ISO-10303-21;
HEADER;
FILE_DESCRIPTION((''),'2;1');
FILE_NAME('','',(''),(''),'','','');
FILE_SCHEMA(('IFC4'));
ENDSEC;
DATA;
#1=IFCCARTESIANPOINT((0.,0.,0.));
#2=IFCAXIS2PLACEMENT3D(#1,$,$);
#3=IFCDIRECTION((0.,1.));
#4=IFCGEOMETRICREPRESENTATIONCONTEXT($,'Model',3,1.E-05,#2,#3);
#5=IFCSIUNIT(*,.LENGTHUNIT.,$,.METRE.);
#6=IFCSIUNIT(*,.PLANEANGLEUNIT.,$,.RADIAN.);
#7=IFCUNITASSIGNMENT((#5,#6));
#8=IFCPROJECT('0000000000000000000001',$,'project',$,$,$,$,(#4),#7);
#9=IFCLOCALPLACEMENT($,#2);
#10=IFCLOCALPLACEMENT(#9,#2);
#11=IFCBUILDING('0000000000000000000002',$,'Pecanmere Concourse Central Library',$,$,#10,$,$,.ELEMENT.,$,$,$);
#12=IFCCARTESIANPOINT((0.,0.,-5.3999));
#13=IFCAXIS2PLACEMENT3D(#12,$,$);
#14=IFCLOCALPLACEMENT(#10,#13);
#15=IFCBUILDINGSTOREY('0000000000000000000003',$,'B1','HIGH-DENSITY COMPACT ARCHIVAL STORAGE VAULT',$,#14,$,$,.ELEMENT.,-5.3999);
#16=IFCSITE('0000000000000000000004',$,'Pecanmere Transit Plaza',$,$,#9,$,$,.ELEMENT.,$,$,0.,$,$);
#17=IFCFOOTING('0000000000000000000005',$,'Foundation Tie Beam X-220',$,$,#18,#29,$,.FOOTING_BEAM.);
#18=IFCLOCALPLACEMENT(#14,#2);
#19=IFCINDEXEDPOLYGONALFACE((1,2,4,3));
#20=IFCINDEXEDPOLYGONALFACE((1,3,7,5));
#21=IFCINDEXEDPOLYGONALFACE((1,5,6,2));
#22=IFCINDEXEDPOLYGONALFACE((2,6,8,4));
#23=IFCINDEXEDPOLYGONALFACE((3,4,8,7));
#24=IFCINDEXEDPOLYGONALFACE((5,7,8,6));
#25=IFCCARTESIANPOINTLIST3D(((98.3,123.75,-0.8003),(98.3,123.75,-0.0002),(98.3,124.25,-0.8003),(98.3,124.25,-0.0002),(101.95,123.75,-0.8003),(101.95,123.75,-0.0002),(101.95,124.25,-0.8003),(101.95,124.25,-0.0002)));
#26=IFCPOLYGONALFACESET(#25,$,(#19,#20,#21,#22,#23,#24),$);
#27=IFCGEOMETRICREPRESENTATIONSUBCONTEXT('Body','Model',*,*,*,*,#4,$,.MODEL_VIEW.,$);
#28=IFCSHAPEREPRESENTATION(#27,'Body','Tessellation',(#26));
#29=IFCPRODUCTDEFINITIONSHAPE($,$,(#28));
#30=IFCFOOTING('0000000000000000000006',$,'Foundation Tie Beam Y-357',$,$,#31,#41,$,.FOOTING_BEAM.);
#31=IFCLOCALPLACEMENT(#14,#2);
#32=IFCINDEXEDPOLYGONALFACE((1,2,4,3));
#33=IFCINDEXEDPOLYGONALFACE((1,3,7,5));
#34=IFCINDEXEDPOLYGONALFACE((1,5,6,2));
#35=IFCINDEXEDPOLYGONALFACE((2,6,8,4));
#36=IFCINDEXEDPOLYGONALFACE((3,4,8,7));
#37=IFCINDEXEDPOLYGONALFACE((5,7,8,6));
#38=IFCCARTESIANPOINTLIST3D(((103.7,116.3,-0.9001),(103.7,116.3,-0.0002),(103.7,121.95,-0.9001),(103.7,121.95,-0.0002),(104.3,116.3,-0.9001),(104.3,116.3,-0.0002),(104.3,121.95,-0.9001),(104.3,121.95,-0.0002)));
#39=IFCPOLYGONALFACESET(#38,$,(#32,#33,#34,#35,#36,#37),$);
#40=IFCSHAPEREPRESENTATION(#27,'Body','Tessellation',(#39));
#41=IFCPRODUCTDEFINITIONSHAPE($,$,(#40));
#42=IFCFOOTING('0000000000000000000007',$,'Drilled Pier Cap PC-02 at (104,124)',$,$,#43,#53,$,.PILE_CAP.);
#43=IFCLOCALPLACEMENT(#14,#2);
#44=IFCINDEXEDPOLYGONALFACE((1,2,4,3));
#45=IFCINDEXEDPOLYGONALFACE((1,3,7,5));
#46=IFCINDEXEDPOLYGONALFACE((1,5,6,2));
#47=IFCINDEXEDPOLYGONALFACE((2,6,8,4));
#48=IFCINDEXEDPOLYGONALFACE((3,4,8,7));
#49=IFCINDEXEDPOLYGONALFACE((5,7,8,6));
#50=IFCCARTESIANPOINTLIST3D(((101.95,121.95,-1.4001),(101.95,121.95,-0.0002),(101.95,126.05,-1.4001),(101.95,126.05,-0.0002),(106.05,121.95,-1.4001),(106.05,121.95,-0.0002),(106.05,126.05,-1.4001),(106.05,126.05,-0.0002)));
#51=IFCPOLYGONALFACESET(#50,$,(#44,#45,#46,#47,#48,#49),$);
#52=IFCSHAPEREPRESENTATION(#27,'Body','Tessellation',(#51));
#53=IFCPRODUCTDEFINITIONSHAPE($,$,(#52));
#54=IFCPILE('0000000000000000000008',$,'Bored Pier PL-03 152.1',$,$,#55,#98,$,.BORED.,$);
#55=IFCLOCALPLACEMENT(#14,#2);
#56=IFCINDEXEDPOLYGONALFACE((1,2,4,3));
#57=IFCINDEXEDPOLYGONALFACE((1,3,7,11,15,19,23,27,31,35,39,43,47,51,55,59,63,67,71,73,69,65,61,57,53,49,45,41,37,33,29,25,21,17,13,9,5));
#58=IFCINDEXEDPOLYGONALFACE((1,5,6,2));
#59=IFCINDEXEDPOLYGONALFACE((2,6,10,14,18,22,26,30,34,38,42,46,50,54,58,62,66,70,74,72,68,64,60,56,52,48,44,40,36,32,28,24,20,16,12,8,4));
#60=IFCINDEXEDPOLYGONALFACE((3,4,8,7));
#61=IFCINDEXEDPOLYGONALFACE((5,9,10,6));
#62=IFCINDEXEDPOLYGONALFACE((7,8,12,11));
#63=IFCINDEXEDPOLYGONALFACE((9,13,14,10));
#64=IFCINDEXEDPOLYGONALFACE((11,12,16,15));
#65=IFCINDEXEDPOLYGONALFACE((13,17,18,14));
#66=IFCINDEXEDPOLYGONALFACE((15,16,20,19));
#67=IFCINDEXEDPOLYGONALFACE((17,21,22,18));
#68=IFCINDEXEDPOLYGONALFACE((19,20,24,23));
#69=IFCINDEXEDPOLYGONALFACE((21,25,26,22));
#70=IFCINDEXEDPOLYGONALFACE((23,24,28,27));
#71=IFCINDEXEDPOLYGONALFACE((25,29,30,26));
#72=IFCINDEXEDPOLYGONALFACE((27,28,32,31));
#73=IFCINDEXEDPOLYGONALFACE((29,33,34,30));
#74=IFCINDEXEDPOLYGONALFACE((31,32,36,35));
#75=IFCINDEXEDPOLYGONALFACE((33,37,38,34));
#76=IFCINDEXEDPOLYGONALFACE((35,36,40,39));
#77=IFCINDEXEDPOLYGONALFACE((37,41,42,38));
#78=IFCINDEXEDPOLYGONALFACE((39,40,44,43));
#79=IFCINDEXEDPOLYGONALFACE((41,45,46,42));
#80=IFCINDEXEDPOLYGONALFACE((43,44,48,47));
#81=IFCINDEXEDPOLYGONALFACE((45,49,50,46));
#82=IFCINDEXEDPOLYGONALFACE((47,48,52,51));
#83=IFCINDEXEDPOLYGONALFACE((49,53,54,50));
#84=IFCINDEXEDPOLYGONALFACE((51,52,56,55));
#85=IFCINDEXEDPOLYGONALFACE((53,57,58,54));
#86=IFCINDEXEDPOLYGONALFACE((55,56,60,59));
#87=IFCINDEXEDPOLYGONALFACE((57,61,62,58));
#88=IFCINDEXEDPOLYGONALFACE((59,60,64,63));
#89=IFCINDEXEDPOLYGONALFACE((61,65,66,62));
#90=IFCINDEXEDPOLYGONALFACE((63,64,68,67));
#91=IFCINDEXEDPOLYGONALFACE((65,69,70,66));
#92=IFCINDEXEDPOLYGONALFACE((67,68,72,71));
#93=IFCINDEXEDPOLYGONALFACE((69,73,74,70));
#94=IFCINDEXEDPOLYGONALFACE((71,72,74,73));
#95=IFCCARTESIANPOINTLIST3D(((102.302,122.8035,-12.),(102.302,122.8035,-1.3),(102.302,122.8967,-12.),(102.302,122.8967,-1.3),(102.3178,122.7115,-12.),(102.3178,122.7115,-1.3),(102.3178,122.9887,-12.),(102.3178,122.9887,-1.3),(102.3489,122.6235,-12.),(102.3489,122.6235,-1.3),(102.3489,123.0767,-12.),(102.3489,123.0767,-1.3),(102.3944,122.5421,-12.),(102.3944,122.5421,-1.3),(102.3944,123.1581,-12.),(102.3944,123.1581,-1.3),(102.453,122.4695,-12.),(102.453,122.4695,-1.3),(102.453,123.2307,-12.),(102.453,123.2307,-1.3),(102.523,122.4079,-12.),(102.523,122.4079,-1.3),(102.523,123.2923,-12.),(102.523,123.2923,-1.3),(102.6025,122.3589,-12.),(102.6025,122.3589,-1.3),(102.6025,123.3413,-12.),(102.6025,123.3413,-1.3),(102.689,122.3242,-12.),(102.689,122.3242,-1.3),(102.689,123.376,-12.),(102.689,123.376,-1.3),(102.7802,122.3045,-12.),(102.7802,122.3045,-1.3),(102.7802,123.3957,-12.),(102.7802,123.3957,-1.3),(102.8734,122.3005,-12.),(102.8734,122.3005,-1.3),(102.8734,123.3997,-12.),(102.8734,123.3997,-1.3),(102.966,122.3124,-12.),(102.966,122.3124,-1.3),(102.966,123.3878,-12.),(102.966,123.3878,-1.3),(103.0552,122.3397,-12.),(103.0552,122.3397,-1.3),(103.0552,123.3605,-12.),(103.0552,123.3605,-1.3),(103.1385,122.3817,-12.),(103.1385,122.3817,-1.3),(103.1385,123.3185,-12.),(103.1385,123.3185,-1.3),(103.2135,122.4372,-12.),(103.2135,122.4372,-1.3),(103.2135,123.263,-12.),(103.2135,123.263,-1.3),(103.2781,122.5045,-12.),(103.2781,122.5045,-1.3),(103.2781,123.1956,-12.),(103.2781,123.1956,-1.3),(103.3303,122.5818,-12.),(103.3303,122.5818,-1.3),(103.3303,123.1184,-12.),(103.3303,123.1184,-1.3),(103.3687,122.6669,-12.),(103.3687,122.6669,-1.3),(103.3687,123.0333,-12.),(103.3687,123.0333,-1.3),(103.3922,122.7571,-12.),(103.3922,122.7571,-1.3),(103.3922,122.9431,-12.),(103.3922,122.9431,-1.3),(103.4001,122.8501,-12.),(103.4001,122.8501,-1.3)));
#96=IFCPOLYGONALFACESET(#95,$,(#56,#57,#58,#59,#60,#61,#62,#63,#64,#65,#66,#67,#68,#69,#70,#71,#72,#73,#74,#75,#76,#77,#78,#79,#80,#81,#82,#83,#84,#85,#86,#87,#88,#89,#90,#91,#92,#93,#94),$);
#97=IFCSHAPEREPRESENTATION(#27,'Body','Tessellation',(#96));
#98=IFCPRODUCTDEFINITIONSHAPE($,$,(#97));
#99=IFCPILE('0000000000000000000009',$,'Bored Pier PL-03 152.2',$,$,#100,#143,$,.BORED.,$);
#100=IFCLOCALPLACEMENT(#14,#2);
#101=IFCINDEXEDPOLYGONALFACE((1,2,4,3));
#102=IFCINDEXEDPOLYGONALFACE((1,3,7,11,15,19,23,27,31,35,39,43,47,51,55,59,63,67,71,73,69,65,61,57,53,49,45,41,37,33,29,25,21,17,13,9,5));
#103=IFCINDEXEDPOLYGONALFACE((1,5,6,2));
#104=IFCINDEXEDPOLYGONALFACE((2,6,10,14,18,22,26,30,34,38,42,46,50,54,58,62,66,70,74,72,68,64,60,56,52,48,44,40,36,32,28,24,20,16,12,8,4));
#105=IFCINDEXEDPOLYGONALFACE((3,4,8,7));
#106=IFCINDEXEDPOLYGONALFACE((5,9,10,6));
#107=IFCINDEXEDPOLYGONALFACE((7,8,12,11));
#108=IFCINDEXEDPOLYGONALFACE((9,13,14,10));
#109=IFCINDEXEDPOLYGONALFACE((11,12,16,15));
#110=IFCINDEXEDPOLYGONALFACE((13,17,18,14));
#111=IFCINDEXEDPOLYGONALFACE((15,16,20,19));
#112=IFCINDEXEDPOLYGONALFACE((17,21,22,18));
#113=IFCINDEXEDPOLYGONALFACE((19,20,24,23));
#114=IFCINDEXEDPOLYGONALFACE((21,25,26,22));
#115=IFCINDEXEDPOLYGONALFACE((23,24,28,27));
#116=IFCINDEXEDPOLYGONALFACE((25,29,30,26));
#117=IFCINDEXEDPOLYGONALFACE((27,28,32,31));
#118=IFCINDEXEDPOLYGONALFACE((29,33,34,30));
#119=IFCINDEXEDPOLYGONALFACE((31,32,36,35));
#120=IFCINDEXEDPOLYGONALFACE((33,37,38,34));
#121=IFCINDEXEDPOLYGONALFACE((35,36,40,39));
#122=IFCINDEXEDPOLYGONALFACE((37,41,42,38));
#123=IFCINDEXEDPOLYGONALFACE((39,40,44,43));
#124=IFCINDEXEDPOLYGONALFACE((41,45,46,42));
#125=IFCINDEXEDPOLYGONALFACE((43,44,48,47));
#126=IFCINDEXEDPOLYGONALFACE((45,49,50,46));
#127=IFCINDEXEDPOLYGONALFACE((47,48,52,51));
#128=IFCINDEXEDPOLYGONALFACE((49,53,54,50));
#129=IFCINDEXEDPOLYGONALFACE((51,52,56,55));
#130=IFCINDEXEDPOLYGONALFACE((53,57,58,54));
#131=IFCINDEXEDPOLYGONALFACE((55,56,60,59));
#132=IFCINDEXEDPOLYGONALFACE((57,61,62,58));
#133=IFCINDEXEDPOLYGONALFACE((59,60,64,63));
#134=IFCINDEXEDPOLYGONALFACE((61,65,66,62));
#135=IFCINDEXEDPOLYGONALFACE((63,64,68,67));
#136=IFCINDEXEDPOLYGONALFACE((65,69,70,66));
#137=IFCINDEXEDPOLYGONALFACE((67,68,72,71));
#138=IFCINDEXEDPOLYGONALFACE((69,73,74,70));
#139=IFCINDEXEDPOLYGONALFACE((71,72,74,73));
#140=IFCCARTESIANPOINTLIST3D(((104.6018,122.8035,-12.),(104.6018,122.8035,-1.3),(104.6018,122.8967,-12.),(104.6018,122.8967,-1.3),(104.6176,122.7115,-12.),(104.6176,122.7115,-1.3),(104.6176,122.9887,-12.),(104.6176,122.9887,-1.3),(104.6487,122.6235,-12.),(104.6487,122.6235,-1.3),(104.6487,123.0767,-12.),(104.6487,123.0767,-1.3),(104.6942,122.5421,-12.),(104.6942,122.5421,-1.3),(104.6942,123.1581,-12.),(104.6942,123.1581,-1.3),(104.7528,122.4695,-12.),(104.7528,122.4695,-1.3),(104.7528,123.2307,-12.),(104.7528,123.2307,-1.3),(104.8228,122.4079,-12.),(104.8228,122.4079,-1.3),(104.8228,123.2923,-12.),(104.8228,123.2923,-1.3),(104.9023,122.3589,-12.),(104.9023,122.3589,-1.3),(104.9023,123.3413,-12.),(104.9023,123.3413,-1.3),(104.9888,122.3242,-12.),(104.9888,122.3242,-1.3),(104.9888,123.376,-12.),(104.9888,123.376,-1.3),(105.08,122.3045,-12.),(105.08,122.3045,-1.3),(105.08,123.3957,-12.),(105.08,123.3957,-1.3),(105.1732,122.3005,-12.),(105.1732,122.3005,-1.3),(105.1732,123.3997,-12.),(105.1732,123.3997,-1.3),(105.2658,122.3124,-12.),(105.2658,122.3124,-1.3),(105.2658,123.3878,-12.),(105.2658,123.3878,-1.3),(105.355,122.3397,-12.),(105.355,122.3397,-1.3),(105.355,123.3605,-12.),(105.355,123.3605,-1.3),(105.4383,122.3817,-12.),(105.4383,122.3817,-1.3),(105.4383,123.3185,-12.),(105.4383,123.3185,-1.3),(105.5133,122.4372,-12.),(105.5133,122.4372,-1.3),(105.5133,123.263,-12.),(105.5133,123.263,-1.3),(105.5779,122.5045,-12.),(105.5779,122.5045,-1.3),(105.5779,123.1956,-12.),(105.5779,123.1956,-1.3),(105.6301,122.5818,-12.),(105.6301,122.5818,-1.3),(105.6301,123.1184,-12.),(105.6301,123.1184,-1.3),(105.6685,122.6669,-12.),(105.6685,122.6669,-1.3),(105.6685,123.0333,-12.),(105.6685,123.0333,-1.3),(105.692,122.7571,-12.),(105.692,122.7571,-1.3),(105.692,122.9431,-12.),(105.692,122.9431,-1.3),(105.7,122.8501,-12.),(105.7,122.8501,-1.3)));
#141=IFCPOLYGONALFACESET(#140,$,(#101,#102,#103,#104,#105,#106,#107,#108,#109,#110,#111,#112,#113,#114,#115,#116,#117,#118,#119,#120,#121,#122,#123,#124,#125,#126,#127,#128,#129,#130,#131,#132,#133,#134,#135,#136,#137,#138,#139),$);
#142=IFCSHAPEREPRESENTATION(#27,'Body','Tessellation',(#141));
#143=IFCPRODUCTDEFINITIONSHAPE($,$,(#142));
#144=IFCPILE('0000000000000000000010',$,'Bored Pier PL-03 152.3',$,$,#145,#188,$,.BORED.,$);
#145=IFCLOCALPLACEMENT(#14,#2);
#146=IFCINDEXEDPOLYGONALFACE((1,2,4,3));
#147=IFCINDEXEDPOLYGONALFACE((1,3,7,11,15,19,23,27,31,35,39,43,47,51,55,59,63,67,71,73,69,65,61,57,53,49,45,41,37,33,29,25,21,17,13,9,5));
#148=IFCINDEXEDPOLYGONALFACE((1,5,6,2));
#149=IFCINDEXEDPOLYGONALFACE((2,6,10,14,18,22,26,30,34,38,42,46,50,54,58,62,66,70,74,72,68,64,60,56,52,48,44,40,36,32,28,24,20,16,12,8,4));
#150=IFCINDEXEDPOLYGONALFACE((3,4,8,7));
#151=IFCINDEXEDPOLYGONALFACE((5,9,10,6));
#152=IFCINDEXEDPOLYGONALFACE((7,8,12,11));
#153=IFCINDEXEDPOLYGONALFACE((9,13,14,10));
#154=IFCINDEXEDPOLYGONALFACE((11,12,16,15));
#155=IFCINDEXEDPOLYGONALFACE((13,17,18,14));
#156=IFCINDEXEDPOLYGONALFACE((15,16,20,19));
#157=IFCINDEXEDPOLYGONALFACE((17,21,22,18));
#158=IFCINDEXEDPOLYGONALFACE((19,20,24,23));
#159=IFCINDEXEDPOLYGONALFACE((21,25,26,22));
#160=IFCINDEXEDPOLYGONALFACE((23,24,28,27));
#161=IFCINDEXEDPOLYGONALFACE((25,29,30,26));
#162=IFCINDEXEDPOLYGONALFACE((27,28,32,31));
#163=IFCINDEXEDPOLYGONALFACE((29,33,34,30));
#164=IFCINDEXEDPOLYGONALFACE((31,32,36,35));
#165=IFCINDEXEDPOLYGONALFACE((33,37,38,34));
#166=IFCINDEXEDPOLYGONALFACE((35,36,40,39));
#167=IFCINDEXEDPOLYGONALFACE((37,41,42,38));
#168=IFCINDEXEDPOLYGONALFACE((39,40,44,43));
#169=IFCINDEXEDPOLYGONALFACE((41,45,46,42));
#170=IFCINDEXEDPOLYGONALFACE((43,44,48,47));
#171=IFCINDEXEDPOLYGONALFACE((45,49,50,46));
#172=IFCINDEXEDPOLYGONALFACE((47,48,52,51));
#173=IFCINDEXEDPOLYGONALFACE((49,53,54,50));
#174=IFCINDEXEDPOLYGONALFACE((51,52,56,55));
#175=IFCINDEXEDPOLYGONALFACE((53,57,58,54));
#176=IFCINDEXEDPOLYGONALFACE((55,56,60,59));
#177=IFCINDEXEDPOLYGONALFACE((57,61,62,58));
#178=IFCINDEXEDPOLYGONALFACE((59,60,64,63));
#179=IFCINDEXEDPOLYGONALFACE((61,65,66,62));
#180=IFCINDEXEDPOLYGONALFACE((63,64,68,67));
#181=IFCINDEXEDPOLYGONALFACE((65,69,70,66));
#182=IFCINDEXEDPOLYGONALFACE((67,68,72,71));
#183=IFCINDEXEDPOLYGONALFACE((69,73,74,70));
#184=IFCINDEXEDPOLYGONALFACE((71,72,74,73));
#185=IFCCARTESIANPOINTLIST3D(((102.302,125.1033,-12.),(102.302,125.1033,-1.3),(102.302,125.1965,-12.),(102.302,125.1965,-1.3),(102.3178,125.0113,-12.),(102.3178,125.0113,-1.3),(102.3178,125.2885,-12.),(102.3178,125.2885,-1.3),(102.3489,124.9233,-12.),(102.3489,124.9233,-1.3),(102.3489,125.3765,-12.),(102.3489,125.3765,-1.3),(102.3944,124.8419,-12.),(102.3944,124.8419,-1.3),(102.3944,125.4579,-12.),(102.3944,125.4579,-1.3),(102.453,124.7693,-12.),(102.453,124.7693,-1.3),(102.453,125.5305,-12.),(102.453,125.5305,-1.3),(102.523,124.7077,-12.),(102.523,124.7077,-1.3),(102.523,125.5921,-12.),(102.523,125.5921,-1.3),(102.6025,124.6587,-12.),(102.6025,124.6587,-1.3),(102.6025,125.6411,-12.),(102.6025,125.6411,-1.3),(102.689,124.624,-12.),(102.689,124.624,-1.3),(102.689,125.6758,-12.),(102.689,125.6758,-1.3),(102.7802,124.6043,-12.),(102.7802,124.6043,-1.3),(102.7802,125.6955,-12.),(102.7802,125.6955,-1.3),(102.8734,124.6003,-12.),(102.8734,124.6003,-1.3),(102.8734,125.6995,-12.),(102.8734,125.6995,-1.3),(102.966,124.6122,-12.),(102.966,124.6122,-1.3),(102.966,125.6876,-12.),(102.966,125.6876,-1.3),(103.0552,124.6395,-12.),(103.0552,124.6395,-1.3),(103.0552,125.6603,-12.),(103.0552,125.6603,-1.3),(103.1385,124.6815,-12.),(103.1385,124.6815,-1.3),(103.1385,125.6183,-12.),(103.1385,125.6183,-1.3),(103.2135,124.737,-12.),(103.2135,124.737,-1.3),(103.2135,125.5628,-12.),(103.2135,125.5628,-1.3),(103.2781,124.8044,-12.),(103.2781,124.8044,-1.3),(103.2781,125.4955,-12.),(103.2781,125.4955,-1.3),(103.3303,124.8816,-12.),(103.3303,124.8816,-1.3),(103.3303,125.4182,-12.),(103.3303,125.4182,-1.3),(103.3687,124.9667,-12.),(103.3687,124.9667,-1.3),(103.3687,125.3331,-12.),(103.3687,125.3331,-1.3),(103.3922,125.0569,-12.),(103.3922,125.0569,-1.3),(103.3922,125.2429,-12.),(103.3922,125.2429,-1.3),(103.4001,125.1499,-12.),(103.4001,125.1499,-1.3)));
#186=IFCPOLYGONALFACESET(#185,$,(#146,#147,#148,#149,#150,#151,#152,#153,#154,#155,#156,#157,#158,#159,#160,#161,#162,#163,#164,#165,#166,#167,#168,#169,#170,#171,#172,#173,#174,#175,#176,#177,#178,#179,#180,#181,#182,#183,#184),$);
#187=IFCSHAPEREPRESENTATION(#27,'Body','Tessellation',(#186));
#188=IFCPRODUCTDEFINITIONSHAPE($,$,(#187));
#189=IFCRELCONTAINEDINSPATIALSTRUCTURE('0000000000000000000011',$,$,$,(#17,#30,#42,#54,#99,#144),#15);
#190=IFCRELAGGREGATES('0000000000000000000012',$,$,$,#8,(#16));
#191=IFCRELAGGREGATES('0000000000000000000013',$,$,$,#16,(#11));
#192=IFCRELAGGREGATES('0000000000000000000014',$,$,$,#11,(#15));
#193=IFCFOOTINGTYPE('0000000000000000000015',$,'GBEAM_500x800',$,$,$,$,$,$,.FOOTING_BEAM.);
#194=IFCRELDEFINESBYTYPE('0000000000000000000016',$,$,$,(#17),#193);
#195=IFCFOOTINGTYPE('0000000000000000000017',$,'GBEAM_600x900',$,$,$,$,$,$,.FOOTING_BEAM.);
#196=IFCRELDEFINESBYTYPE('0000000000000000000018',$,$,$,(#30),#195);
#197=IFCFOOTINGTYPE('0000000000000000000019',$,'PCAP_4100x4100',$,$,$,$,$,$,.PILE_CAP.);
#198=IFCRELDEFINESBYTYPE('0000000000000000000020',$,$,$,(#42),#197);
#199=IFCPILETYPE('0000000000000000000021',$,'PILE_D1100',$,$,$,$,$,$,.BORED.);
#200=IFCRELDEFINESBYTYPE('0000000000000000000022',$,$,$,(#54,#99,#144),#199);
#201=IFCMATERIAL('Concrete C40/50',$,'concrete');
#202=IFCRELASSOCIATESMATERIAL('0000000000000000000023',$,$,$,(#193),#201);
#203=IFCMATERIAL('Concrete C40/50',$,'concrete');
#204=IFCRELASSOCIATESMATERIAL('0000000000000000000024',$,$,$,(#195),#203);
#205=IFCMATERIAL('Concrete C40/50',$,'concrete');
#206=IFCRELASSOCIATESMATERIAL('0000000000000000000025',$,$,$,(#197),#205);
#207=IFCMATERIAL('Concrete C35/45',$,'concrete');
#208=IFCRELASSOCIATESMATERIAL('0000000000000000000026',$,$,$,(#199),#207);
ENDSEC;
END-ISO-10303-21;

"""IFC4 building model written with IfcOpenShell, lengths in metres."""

from ifc_helpers import new_model, si_unit, direction, frame, origin, origin_2d, place, context, subcontext, project, spatial, rectangle, circle, extrude, material, material_profile, profile_set, type_object, element, save


model = new_model("IFC4")

# Units and contexts
model_context = context("Model", 3, precision=1e-05, world=origin(), true_north=direction((0.0, 1.0)))
body_context = subcontext(model_context, "Body", "Model", "MODEL_VIEW")
ifc_project = project(units=[si_unit("LENGTHUNIT", "METRE"), si_unit("PLANEANGLEUNIT", "RADIAN")], contexts=[model_context])

# Site, building, storey
site_placement = place(None, origin())
site = spatial("IfcSite", under=ifc_project, at=site_placement, Name="Pecanmere Transit Plaza", CompositionType="ELEMENT", RefElevation=0.0)
building_placement = place(site_placement, origin())
building = spatial("IfcBuilding", under=site, at=building_placement, Name="Pecanmere Concourse Central Library", CompositionType="ELEMENT")
storey_placement = place(building_placement, frame((0.0, 0.0, -5.3999)))
storey = spatial("IfcBuildingStorey", under=building, at=storey_placement, Name="B1", Description="HIGH-DENSITY COMPACT ARCHIVAL STORAGE VAULT", CompositionType="ELEMENT", Elevation=-5.3999)

# Footings
ifc_material_1 = material(Name="Concrete C40/50", Category="concrete")
ifc_material_profile_1 = material_profile(ifc_material_1, rectangle(XDim=0.5, YDim=0.8, at=origin_2d()), Name="RC 500x800")
ifc_profile_set_1 = profile_set([ifc_material_profile_1], Name="Concrete C40/50")
footing_type_1 = type_object("IfcFootingType", Name="GBEAM_500x800", PredefinedType="FOOTING_BEAM", material=ifc_profile_set_1)
footing_1_placement = place(storey_placement, frame((100.125, 124.0, -0.8003), z_axis=(0.0, 0.0, 1.0), x_axis=(1.0, 0.0, 0.0)))
element("IfcFooting", 1, at=footing_1_placement, inside=storey, type_object=footing_type_1, Name="Foundation Tie Beam X-220", PredefinedType="FOOTING_BEAM", context=body_context, shape_type="SweptSolid", body=[
    extrude(rectangle(XDim=3.6499, YDim=0.5, at=origin_2d()), origin(), (0.0, 0.0, 1.0), 0.8),
])
ifc_material_2 = material(Name="Concrete C40/50", Category="concrete")
ifc_material_profile_2 = material_profile(ifc_material_2, rectangle(XDim=0.6001, YDim=0.8999, at=origin_2d()), Name="RC 600x900")
ifc_profile_set_2 = profile_set([ifc_material_profile_2], Name="Concrete C40/50")
footing_type_2 = type_object("IfcFootingType", Name="GBEAM_600x900", PredefinedType="FOOTING_BEAM", material=ifc_profile_set_2)
footing_2_placement = place(storey_placement, frame((104.0, 119.125, -0.9001), z_axis=(0.0, 0.0, 1.0), x_axis=(0.0, 1.0, 0.0)))
element("IfcFooting", 2, at=footing_2_placement, inside=storey, type_object=footing_type_2, Name="Foundation Tie Beam Y-357", PredefinedType="FOOTING_BEAM", context=body_context, shape_type="SweptSolid", body=[
    extrude(rectangle(XDim=5.6499, YDim=0.6001, at=origin_2d()), origin(), (0.0, 0.0, 1.0), 0.8999),
])
ifc_material_3 = material(Name="Concrete C40/50", Category="concrete")
footing_type_3 = type_object("IfcFootingType", Name="PCAP_4100x4100", PredefinedType="PILE_CAP", material=ifc_material_3)
footing_3_placement = place(storey_placement, frame((104.0, 124.0, -1.4001), z_axis=(0.0, 0.0, 1.0), x_axis=(1.0, 0.0, 0.0)))
element("IfcFooting", 3, at=footing_3_placement, inside=storey, type_object=footing_type_3, Name="Drilled Pier Cap PC-02 at (104,124)", PredefinedType="PILE_CAP", context=body_context, shape_type="SweptSolid", body=[
    extrude(rectangle(XDim=4.1001, YDim=4.1001, at=origin_2d()), origin(), (0.0, 0.0, 1.0), 1.3999),
])

# Piles
ifc_material_4 = material(Name="Concrete C35/45", Category="concrete")
ifc_material_profile_3 = material_profile(ifc_material_4, circle(Radius=0.55, at=origin_2d()), Name="PIER D1100")
ifc_profile_set_3 = profile_set([ifc_material_profile_3], Name="Concrete C35/45")
pile_type_1 = type_object("IfcPileType", Name="PILE_D1100", PredefinedType="BORED", material=ifc_profile_set_3)
for number, where, z_axis, x_axis, name in (
    (4, (102.8501, 122.8501, -1.3), (0.0, 0.0, -1.0), (1.0, 0.0, 0.0), "Bored Pier PL-03 152.1"),
    (5, (105.1499, 122.8501, -1.3), (0.0, 0.0, -1.0), (1.0, 0.0, 0.0), "Bored Pier PL-03 152.2"),
    (6, (102.8501, 125.1499, -1.3), (0.0, 0.0, -1.0), (1.0, 0.0, 0.0), "Bored Pier PL-03 152.3"),
):
    element("IfcPile", number, at=place(storey_placement, frame(where, z_axis=z_axis, x_axis=x_axis)), inside=storey, type_object=pile_type_1, Name=name, PredefinedType="BORED", context=body_context, shape_type="SweptSolid", body=[
        extrude(circle(Radius=0.55, at=origin_2d()), origin(), (0.0, 0.0, 1.0), 10.7),
    ])

save(model, "model.ifc")
